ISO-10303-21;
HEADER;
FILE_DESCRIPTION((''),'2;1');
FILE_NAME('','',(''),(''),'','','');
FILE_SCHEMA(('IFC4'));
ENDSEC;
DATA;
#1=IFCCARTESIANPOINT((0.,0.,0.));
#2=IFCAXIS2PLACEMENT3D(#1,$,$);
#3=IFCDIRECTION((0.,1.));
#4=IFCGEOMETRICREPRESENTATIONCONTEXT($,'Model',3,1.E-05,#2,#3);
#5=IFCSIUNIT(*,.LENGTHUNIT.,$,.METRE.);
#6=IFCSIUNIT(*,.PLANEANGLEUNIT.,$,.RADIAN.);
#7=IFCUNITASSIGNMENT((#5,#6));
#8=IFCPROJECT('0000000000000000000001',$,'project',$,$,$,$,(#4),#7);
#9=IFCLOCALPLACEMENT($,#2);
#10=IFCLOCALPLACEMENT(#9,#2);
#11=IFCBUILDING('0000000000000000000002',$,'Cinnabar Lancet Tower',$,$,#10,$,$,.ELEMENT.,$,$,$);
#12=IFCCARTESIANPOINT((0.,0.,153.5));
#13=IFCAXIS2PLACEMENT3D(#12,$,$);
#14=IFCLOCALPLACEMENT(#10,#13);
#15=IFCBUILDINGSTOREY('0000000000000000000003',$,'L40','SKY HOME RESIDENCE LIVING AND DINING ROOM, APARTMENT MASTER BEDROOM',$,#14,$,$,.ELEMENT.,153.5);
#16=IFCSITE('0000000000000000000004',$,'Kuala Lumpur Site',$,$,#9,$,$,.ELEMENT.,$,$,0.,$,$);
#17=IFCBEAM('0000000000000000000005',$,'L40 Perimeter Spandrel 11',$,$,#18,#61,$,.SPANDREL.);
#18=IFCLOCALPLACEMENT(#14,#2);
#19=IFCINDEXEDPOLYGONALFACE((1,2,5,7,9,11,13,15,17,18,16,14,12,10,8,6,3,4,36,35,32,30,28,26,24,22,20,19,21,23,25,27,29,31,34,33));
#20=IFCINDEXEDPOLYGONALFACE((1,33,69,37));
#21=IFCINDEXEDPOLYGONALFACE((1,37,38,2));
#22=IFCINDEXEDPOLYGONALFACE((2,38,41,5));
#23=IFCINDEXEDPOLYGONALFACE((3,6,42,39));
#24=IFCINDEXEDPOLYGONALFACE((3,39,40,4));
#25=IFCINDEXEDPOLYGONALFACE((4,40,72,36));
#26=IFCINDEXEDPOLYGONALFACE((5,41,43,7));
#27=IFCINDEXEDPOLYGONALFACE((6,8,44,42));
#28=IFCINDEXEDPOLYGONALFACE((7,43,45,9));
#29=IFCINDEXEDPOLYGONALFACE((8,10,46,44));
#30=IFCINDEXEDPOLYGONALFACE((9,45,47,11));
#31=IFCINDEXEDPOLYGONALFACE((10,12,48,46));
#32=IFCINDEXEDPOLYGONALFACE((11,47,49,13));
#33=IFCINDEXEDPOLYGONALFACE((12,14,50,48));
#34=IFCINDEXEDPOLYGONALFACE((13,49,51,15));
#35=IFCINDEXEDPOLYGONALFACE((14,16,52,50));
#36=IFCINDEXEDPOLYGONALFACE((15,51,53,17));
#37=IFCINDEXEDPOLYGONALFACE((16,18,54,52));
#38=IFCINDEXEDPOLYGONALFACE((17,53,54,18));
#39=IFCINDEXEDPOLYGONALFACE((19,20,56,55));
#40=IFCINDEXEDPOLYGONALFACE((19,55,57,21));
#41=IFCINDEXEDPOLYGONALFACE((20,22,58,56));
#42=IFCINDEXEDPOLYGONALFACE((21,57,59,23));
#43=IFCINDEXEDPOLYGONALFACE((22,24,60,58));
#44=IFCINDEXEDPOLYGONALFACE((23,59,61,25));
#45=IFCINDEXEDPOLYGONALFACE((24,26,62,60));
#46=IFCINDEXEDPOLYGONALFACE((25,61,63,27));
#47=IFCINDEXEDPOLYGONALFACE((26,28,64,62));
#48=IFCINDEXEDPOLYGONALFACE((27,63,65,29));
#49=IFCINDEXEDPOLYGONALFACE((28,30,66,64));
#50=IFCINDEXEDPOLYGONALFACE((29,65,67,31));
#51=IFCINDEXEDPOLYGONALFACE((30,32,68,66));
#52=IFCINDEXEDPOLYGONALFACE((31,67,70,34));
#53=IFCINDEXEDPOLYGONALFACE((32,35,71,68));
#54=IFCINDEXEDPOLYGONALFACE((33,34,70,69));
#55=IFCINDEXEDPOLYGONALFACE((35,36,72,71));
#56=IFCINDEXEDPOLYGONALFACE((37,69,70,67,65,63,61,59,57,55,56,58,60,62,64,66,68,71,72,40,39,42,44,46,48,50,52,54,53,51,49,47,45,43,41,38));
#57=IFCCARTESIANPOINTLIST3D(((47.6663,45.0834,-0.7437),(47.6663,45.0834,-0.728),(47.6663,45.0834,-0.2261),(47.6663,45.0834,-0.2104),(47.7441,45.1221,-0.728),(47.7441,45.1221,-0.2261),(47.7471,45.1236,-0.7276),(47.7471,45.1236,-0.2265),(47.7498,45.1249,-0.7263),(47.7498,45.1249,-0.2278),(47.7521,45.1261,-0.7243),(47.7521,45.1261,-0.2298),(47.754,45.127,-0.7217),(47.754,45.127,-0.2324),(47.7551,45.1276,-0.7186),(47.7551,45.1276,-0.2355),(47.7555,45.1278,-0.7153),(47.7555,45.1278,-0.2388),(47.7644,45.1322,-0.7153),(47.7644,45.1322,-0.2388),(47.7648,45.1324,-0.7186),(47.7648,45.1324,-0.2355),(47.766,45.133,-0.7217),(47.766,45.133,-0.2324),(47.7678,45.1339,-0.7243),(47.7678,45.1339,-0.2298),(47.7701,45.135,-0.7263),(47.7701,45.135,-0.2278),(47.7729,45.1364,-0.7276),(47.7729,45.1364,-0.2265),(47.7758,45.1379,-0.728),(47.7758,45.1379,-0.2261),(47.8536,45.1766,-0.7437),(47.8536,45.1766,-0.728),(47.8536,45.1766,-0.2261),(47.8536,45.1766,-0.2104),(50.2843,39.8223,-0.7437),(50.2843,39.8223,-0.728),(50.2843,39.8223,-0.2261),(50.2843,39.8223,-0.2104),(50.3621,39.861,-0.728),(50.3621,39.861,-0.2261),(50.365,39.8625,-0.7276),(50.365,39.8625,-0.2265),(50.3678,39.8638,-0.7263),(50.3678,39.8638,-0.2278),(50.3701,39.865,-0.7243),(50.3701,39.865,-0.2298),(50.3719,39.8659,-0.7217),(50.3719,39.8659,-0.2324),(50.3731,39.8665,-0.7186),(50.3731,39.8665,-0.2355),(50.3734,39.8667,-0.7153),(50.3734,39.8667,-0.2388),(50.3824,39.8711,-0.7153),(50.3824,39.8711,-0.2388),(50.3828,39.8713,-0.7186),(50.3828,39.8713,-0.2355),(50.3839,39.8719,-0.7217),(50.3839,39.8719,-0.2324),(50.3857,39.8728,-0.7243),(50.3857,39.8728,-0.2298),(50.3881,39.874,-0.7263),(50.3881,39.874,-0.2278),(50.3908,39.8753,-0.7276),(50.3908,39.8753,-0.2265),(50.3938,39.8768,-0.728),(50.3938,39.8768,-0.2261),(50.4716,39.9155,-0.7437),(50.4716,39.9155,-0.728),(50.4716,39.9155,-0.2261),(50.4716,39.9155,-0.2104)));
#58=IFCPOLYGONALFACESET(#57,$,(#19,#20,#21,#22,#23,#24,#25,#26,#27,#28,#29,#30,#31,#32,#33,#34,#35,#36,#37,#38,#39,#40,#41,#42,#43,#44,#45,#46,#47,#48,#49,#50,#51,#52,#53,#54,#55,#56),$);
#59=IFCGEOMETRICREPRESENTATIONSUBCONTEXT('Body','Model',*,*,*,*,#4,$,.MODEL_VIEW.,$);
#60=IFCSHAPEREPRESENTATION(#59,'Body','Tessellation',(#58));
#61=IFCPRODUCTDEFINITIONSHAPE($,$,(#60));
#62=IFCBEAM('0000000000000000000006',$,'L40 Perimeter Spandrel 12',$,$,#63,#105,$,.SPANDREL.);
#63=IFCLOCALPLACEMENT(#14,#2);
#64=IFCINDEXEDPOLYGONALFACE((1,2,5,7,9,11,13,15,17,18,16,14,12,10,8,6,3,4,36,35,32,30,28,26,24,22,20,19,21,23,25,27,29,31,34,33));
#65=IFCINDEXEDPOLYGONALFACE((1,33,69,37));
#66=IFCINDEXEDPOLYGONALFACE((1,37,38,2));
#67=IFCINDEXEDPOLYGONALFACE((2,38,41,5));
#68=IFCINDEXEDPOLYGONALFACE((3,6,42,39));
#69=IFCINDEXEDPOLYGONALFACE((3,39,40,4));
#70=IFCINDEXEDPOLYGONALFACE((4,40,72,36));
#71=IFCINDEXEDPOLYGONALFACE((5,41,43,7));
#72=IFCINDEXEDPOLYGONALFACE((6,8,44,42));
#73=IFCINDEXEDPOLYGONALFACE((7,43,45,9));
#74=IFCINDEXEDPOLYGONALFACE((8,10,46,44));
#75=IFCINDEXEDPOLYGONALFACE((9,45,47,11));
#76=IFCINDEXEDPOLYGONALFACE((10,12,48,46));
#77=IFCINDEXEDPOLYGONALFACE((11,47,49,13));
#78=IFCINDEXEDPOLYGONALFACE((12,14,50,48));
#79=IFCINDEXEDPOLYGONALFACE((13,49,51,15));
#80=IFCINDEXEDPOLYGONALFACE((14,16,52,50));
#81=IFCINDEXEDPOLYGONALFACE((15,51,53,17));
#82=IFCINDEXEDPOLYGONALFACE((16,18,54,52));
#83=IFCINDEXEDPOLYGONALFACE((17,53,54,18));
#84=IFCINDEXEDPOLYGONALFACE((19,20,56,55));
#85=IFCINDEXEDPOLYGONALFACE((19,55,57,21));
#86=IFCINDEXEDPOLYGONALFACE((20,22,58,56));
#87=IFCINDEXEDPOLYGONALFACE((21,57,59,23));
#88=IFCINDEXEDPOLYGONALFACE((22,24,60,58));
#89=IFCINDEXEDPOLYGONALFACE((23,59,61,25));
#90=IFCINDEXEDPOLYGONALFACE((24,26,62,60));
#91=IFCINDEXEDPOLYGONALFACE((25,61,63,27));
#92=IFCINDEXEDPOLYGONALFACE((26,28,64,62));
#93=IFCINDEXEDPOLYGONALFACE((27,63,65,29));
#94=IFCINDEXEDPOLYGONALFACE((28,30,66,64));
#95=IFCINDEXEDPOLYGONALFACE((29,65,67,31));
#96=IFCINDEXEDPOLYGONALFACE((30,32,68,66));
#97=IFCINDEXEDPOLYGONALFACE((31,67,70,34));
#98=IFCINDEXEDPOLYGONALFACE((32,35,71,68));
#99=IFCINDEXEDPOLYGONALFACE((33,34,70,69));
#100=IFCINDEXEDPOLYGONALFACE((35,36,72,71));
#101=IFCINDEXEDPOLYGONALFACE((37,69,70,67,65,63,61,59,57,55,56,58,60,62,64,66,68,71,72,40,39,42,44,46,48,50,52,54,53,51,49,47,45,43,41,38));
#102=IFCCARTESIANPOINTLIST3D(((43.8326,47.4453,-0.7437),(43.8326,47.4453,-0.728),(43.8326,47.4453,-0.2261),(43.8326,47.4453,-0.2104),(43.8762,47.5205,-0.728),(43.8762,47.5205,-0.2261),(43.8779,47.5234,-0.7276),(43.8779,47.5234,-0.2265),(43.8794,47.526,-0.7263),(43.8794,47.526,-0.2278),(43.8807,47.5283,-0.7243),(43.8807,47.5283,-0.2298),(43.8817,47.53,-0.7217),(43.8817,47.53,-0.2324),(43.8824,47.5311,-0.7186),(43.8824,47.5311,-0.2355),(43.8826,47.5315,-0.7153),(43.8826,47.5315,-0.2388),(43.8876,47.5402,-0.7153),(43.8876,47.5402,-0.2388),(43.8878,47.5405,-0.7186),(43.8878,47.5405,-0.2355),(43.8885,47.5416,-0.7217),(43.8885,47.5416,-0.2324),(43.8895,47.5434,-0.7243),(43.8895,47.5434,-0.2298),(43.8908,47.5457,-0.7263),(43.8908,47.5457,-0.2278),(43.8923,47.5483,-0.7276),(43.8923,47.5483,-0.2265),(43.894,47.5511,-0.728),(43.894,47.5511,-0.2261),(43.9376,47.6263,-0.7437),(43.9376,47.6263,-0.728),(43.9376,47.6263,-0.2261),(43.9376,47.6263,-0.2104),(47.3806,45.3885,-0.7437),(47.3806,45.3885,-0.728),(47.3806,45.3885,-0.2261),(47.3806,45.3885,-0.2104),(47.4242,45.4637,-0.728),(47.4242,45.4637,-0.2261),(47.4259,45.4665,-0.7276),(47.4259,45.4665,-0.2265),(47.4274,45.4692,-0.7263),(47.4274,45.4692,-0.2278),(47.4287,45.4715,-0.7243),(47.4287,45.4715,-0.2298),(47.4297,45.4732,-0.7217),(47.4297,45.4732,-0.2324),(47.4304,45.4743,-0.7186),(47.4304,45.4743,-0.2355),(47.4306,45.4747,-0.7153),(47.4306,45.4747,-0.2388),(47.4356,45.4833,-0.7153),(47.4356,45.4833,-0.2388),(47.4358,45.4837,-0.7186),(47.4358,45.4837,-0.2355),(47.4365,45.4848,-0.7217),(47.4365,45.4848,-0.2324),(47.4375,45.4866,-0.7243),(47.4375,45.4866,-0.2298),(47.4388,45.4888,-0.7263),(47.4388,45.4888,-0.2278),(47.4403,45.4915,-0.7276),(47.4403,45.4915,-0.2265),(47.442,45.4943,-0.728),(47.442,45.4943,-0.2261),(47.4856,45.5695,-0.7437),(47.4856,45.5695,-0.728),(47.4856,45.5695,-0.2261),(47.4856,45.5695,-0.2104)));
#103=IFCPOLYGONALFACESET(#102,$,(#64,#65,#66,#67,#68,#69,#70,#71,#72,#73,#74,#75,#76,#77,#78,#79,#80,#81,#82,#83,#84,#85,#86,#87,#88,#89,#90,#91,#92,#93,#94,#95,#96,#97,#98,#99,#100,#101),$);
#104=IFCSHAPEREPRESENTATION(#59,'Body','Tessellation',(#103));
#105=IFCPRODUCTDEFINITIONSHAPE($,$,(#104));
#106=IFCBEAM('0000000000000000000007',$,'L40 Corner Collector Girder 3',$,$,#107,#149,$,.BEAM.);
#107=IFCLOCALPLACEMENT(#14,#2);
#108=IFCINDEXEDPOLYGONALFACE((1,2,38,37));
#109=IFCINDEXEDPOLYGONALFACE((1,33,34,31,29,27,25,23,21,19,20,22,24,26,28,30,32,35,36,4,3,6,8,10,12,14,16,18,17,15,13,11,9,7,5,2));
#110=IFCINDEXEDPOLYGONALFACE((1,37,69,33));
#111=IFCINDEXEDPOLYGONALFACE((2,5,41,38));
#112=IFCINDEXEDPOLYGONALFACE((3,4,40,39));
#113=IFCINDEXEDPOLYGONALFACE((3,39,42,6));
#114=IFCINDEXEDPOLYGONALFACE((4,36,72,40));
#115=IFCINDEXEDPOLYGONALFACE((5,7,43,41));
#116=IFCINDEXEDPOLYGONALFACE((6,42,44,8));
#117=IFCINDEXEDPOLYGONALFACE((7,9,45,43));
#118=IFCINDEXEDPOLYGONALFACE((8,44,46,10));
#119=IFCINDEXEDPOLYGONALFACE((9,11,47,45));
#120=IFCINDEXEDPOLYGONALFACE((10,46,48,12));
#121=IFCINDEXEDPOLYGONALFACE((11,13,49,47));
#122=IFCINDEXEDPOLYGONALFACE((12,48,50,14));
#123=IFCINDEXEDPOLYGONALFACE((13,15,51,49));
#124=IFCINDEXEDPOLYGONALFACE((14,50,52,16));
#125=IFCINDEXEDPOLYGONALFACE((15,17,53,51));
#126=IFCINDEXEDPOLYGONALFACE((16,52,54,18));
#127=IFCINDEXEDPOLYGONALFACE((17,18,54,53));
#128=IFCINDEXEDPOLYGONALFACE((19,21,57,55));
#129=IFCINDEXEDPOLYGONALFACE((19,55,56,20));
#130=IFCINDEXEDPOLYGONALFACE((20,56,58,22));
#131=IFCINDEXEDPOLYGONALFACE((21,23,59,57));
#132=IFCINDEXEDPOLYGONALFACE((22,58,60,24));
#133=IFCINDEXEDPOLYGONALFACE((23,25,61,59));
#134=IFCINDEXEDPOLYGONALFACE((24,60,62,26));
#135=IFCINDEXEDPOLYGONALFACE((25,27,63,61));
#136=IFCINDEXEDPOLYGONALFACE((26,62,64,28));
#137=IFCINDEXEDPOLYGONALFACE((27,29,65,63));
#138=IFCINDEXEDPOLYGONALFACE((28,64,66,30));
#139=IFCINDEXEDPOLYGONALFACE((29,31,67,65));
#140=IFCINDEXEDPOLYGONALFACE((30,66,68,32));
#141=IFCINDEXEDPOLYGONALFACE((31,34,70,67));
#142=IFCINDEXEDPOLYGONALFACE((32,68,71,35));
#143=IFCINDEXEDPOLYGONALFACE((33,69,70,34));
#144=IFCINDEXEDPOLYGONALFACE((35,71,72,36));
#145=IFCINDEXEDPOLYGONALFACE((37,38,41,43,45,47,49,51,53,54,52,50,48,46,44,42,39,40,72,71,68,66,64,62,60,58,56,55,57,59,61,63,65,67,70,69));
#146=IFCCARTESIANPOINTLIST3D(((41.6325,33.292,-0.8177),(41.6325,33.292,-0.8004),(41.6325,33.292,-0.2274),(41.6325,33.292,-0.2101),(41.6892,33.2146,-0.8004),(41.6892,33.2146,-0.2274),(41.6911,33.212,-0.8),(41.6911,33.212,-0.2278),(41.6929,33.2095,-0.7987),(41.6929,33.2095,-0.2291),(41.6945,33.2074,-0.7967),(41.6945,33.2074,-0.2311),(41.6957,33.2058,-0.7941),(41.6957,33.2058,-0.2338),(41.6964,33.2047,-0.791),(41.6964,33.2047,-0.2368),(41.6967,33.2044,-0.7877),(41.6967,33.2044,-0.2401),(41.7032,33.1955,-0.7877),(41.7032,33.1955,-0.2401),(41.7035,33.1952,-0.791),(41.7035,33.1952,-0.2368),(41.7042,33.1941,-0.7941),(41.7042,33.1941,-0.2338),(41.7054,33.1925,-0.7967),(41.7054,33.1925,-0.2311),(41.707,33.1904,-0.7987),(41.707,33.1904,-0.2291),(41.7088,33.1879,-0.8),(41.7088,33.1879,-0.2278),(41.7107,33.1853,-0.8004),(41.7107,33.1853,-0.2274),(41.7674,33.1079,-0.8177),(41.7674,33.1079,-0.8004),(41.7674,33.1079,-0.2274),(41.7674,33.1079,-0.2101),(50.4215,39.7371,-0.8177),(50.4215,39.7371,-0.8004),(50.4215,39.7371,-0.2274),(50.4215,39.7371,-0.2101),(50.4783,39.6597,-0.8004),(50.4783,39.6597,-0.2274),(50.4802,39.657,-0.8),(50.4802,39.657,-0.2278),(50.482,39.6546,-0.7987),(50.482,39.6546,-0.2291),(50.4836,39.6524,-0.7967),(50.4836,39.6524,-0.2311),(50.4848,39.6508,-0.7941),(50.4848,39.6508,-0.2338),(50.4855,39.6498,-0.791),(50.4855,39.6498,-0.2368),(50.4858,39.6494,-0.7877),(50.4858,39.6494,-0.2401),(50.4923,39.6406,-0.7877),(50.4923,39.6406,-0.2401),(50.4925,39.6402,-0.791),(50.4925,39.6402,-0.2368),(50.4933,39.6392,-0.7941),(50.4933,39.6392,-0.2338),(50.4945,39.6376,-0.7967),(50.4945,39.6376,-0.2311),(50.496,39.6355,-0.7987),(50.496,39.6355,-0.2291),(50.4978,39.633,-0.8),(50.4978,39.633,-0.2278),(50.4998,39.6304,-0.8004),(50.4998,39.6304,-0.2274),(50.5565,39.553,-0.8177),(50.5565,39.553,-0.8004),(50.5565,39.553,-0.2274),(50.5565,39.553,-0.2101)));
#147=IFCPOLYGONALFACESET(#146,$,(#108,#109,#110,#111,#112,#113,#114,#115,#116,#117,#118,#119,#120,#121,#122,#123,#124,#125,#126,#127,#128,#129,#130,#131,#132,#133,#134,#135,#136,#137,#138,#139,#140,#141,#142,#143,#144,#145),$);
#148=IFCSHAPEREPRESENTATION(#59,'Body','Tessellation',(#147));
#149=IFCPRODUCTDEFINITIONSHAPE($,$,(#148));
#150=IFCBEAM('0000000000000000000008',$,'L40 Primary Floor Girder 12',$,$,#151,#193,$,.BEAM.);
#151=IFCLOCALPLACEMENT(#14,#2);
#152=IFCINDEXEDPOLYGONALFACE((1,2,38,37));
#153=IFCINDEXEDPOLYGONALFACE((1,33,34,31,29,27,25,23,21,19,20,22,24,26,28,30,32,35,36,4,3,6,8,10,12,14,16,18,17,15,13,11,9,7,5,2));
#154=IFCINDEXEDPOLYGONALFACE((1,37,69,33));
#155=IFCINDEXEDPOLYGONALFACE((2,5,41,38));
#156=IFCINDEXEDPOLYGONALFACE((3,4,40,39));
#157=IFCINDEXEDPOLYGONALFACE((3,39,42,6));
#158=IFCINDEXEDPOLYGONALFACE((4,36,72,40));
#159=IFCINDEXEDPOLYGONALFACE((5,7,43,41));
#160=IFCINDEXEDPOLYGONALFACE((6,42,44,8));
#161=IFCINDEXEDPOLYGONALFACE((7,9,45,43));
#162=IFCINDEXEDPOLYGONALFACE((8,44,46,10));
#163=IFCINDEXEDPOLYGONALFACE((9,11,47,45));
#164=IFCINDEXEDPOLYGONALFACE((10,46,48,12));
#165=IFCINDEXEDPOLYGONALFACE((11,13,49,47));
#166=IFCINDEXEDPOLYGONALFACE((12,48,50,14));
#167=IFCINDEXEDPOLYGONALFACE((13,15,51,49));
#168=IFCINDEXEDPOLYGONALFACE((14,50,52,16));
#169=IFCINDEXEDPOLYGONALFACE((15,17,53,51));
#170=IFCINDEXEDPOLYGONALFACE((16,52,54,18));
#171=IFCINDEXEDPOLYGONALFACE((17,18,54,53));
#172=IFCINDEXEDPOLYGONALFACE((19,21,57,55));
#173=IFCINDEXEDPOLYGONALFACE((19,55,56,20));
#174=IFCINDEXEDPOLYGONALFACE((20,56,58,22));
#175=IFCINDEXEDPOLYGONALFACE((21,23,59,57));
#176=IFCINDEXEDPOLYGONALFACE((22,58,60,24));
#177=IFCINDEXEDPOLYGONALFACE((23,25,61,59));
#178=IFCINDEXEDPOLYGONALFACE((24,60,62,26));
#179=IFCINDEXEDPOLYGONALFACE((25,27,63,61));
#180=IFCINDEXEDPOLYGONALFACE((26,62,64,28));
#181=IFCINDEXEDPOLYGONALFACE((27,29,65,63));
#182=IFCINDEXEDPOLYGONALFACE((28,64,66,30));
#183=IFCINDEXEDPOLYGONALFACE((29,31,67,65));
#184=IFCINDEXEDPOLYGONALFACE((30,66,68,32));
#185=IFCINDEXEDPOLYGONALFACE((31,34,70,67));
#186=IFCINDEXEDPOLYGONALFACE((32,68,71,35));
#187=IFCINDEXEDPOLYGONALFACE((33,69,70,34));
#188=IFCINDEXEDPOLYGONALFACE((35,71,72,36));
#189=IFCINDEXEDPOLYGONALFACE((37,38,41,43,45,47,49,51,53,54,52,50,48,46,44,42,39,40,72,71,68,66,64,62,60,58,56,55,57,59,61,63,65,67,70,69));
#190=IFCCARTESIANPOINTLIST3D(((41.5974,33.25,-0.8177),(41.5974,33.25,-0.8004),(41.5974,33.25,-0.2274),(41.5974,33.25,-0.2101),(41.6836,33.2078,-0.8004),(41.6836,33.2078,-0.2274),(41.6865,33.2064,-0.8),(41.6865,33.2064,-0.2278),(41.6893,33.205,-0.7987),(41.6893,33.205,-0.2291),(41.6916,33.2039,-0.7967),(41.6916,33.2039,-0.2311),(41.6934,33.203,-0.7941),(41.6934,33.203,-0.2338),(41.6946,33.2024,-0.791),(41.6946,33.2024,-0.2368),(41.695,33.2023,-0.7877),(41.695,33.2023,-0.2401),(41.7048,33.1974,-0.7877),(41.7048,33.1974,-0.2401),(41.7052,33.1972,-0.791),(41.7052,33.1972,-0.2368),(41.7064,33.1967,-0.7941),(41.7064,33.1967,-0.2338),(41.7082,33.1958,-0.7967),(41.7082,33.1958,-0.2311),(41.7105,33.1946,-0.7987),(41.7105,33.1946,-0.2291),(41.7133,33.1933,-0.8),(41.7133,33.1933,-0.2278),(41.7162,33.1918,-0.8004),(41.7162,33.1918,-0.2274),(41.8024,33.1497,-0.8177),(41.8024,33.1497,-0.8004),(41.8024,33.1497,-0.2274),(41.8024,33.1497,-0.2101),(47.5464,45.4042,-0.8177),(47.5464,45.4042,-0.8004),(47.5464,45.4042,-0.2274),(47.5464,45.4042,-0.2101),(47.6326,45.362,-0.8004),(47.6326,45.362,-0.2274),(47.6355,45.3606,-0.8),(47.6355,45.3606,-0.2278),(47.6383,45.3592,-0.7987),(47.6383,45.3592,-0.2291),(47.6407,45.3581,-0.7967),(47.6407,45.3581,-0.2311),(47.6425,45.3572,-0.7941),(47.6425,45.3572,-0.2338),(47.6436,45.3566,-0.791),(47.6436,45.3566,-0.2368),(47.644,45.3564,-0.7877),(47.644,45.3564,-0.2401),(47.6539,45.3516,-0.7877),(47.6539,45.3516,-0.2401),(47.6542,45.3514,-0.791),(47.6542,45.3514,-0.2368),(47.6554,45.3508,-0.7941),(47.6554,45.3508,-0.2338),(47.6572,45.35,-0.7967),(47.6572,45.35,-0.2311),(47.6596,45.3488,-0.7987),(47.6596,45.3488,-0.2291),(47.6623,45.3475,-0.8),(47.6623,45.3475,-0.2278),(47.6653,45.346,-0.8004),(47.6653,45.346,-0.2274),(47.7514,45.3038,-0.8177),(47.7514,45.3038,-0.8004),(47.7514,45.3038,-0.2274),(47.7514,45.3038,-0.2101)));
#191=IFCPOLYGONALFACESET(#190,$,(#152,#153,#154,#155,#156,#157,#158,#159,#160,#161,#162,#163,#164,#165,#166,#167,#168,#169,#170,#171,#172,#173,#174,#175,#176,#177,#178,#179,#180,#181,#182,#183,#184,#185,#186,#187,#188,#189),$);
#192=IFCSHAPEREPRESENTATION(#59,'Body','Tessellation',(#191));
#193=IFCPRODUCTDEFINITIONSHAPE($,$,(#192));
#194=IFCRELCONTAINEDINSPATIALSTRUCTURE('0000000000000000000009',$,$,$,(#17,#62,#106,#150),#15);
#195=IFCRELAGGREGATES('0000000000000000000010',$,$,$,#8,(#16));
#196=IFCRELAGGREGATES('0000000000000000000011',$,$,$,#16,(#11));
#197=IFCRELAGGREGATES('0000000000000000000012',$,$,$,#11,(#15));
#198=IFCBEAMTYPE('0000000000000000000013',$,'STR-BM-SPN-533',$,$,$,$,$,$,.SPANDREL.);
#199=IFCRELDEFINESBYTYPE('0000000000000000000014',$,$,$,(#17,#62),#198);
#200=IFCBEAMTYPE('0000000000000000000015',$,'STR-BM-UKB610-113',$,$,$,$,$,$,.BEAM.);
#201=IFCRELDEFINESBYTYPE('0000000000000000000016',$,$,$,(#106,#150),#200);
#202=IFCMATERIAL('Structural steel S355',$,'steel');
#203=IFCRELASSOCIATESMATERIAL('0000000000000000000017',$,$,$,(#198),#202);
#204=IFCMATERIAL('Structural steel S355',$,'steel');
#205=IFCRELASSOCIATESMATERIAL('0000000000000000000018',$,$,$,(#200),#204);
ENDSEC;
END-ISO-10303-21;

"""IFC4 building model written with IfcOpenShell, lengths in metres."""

from ifc_helpers import new_model, si_unit, direction, frame, origin, origin_2d, place, context, subcontext, project, spatial, i_section, extrude, material, material_profile, profile_set, type_object, element, save


model = new_model("IFC4")

# Units and contexts
model_context = context("Model", 3, precision=1e-05, world=origin(), true_north=direction((0.0, 1.0)))
body_context = subcontext(model_context, "Body", "Model", "MODEL_VIEW")
ifc_project = project(units=[si_unit("LENGTHUNIT", "METRE"), si_unit("PLANEANGLEUNIT", "RADIAN")], contexts=[model_context])

# Site, building, storey
site_placement = place(None, origin())
site = spatial("IfcSite", under=ifc_project, at=site_placement, Name="Kuala Lumpur Site", CompositionType="ELEMENT", RefElevation=0.0)
building_placement = place(site_placement, origin())
building = spatial("IfcBuilding", under=site, at=building_placement, Name="Cinnabar Lancet Tower", CompositionType="ELEMENT")
storey_placement = place(building_placement, frame((0.0, 0.0, 153.5)))
storey = spatial("IfcBuildingStorey", under=building, at=storey_placement, Name="L40", Description="SKY HOME RESIDENCE LIVING AND DINING ROOM, APARTMENT MASTER BEDROOM", CompositionType="ELEMENT", Elevation=153.5)

# Beams
ifc_material_1 = material(Name="Structural steel S355", Category="steel")
ifc_material_profile_1 = material_profile(ifc_material_1, i_section(OverallWidth=0.2092, OverallDepth=0.5332, WebThickness=0.01, FlangeThickness=0.0156, FilletRadius=0.0127, at=origin_2d()), Name="UKB 533x210x92")
ifc_profile_set_1 = profile_set([ifc_material_profile_1], Name="Structural steel S355")
beam_type_1 = type_object("IfcBeamType", Name="STR-BM-SPN-533", PredefinedType="SPANDREL", material=ifc_profile_set_1)
beam_1_placement = place(storey_placement, frame((50.3779, 39.8689, -0.4771), z_axis=(-0.445501, 0.895281, 0.0), x_axis=(-0.895281, -0.445501, 0.0)))
element("IfcBeam", 1, at=beam_1_placement, inside=storey, type_object=beam_type_1, Name="L40 Perimeter Spandrel 11", PredefinedType="SPANDREL", context=body_context, shape_type="SweptSolid", body=[
    extrude(i_section(OverallWidth=0.2092, OverallDepth=0.5332, WebThickness=0.01, FlangeThickness=0.0156, FilletRadius=0.0127, at=origin_2d()), origin(), (0.0, 0.0, 1.0), 5.8765),
])
beam_2_placement = place(storey_placement, frame((47.4331, 45.479, -0.4771), z_axis=(-0.865138, 0.501534, 0.0), x_axis=(-0.501534, -0.865138, 0.0)))
element("IfcBeam", 2, at=beam_2_placement, inside=storey, type_object=beam_type_1, Name="L40 Perimeter Spandrel 12", PredefinedType="SPANDREL", context=body_context, shape_type="SweptSolid", body=[
    extrude(i_section(OverallWidth=0.2092, OverallDepth=0.5332, WebThickness=0.01, FlangeThickness=0.0156, FilletRadius=0.0127, at=origin_2d()), origin(), (0.0, 0.0, 1.0), 4.1011),
])
ifc_material_2 = material(Name="Structural steel S355", Category="steel")
ifc_material_profile_2 = material_profile(ifc_material_2, i_section(OverallWidth=0.2283, OverallDepth=0.6077, WebThickness=0.011, FlangeThickness=0.0173, FilletRadius=0.0127, at=origin_2d()), Name="UKB 610x229x113")
ifc_profile_set_2 = profile_set([ifc_material_profile_2], Name="Structural steel S355")
beam_type_2 = type_object("IfcBeamType", Name="STR-BM-UKB610-113", PredefinedType="BEAM", material=ifc_profile_set_2)
beam_3_placement = place(storey_placement, frame((50.489, 39.645, -0.5139), z_axis=(-0.806416, -0.591349, 0.0), x_axis=(0.591349, -0.806416, 0.0)))
element("IfcBeam", 3, at=beam_3_placement, inside=storey, type_object=beam_type_2, Name="L40 Corner Collector Girder 3", PredefinedType="BEAM", context=body_context, shape_type="SweptSolid", body=[
    extrude(i_section(OverallWidth=0.2283, OverallDepth=0.6077, WebThickness=0.011, FlangeThickness=0.0173, FilletRadius=0.0127, at=origin_2d()), origin(), (0.0, 0.0, 1.0), 10.8989),
])
beam_4_placement = place(storey_placement, frame((47.6489, 45.354, -0.5139), z_axis=(-0.439627, -0.89818, 0.0), x_axis=(0.89818, -0.439627, 0.0)))
element("IfcBeam", 4, at=beam_4_placement, inside=storey, type_object=beam_type_2, Name="L40 Primary Floor Girder 12", PredefinedType="BEAM", context=body_context, shape_type="SweptSolid", body=[
    extrude(i_section(OverallWidth=0.2283, OverallDepth=0.6077, WebThickness=0.011, FlangeThickness=0.0173, FilletRadius=0.0127, at=origin_2d()), origin(), (0.0, 0.0, 1.0), 13.532),
])

save(model, "model.ifc")
